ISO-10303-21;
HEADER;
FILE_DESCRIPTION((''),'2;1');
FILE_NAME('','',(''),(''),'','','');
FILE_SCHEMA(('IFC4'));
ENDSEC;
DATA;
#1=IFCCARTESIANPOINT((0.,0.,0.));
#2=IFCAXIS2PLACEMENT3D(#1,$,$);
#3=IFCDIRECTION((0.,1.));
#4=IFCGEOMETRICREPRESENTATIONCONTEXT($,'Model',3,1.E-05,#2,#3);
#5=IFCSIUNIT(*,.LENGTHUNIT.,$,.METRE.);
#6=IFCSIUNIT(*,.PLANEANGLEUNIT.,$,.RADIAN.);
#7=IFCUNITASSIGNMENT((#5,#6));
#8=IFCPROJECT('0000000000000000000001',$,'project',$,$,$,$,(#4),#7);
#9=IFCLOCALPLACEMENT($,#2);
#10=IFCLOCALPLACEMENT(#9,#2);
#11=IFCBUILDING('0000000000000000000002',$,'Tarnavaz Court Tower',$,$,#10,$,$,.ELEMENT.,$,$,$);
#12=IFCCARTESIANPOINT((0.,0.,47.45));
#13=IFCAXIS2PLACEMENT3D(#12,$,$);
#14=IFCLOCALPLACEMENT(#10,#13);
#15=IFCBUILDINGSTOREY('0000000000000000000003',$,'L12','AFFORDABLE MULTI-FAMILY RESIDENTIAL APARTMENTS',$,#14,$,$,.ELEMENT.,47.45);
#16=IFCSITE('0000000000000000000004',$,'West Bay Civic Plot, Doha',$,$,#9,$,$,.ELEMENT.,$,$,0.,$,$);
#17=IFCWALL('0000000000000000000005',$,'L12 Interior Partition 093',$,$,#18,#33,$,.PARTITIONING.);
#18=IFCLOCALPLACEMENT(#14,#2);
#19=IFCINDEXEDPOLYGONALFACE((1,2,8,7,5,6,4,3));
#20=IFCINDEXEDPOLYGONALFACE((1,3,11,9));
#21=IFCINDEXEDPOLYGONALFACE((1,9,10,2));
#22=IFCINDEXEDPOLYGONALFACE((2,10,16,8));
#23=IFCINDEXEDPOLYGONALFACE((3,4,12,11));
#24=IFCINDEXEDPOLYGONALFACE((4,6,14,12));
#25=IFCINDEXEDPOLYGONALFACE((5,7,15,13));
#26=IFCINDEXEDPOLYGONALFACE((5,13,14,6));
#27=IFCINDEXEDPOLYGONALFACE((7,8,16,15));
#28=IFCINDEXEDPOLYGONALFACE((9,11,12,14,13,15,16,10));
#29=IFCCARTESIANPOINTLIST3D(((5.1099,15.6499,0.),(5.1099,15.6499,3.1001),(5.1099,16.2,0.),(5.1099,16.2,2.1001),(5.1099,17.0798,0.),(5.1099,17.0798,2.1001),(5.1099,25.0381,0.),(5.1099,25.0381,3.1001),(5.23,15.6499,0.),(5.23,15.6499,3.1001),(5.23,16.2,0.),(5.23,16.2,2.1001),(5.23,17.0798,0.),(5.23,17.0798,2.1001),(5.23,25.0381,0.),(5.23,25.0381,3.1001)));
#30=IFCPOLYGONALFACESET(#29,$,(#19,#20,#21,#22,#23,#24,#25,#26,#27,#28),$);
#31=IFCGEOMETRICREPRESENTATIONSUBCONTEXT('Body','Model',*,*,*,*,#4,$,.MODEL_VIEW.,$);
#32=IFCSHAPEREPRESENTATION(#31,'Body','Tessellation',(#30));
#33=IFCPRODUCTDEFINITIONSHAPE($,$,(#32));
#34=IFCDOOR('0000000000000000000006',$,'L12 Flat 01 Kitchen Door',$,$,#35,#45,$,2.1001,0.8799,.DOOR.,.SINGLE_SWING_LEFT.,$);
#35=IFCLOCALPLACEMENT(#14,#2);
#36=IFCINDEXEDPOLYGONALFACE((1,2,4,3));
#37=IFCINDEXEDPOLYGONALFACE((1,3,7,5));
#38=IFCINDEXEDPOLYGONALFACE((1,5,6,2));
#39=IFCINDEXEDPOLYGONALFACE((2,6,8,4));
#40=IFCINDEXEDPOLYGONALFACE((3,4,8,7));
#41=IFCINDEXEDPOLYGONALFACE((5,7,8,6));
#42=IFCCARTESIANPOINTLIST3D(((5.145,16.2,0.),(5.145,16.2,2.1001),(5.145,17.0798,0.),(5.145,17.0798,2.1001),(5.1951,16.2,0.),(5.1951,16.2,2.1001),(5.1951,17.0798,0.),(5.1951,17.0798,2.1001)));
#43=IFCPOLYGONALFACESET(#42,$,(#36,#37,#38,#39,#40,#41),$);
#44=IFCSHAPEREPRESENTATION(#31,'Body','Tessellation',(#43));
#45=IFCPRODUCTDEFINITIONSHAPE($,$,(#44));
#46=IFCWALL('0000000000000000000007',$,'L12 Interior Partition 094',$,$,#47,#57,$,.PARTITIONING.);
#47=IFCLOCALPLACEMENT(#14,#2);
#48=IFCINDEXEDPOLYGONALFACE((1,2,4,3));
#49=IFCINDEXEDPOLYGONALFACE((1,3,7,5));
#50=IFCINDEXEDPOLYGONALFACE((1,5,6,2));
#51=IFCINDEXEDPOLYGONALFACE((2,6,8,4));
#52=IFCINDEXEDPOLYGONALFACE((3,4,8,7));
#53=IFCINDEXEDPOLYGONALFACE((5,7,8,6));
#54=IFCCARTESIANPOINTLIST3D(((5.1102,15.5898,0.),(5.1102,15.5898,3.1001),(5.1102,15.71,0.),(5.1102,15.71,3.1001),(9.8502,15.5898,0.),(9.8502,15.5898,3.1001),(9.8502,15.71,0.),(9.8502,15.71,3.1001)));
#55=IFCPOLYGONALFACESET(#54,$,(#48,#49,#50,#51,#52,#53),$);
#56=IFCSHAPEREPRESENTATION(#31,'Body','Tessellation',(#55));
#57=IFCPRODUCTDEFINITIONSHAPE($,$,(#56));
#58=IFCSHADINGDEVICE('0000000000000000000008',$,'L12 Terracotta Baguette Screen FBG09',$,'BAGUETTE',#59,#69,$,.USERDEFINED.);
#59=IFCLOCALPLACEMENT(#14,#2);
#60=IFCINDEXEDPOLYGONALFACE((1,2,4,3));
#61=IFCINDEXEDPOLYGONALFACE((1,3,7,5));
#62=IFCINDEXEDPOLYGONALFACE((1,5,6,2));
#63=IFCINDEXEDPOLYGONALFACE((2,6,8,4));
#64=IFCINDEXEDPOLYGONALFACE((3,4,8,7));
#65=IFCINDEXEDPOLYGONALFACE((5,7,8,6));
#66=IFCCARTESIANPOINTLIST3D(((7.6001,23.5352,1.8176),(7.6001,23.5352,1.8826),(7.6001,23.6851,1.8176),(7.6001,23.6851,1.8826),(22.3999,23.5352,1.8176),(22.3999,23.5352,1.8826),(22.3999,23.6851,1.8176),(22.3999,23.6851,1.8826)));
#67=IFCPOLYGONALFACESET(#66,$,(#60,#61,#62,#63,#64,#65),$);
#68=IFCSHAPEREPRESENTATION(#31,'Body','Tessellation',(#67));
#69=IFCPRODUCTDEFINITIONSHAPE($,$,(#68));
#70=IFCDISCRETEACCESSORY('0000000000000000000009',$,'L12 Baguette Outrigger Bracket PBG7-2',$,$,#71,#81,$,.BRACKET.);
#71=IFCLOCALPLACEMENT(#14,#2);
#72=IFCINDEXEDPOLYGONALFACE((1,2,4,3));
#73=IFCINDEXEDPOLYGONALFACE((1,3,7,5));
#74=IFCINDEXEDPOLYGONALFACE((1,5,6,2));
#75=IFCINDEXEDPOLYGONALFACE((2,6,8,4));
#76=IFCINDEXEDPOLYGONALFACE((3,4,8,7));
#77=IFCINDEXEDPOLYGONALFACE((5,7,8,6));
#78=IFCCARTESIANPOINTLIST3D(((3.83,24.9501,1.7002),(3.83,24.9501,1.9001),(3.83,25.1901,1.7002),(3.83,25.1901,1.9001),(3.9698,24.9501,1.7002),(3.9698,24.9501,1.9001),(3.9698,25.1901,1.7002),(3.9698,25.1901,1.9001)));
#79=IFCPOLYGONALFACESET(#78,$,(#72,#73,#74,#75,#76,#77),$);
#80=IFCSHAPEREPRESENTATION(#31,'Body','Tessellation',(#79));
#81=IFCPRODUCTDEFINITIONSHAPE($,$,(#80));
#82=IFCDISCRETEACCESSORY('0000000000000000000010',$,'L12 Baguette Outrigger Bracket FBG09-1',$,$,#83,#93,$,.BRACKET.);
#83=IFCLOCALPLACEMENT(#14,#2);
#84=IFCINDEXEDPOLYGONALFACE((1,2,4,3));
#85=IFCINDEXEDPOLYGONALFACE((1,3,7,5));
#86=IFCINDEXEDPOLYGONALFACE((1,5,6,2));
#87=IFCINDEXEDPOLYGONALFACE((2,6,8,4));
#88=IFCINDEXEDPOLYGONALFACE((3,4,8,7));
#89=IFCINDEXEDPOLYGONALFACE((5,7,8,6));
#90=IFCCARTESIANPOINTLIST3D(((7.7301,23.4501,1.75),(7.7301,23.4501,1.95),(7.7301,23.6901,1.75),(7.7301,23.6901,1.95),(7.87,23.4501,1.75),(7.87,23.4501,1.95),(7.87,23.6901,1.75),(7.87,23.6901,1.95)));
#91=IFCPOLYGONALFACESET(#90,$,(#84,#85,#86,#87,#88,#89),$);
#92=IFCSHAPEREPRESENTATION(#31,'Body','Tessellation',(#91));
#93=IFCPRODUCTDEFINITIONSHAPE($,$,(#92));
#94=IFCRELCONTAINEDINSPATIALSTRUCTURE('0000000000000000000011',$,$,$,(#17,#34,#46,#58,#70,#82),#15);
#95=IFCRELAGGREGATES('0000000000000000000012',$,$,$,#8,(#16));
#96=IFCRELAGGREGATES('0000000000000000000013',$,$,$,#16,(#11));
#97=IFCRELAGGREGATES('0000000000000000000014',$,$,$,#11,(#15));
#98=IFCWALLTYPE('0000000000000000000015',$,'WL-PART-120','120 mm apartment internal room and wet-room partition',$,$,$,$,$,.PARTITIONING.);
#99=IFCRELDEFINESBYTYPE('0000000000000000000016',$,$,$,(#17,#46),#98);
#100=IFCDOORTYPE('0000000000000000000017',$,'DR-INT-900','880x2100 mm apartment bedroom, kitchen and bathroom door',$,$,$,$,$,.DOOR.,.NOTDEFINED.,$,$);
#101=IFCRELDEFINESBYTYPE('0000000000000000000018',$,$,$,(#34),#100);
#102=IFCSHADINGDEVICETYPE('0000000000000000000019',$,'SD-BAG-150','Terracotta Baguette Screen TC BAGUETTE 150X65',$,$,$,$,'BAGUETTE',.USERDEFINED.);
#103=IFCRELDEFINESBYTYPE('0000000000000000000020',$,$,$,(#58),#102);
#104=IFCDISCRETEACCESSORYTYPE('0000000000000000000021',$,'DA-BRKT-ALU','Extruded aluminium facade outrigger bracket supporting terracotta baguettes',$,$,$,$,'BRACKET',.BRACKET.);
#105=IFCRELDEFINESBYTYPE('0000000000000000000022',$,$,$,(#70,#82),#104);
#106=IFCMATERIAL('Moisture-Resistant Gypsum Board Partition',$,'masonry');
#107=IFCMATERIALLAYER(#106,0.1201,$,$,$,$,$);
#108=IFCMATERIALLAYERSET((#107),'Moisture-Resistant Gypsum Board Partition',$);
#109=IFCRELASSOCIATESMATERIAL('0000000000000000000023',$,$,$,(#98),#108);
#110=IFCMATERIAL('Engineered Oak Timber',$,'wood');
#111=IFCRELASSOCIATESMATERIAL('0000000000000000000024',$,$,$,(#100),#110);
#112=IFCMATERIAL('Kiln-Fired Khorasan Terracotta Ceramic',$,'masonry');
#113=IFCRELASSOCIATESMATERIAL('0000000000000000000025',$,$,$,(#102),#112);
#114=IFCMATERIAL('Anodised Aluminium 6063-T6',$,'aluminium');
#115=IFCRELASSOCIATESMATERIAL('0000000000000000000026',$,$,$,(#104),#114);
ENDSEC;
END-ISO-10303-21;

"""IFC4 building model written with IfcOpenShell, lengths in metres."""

from ifc_helpers import new_model, si_unit, direction, frame, frame_2d, origin, origin_2d, place, context, subcontext, project, spatial, rectangle, extrude, material, layer, layer_set, material_profile, profile_set, type_object, element, fill, save


model = new_model("IFC4")

# Units and contexts
model_context = context("Model", 3, precision=1e-05, world=origin(), true_north=direction((0.0, 1.0)))
body_context = subcontext(model_context, "Body", "Model", "MODEL_VIEW")
ifc_project = project(units=[si_unit("LENGTHUNIT", "METRE"), si_unit("PLANEANGLEUNIT", "RADIAN")], contexts=[model_context])

# Site, building, storey
site_placement = place(None, origin())
site = spatial("IfcSite", under=ifc_project, at=site_placement, Name="West Bay Civic Plot, Doha", CompositionType="ELEMENT", RefElevation=0.0)
building_placement = place(site_placement, origin())
building = spatial("IfcBuilding", under=site, at=building_placement, Name="Tarnavaz Court Tower", CompositionType="ELEMENT")
storey_placement = place(building_placement, frame((0.0, 0.0, 47.45)))
storey = spatial("IfcBuildingStorey", under=building, at=storey_placement, Name="L12", Description="AFFORDABLE MULTI-FAMILY RESIDENTIAL APARTMENTS", CompositionType="ELEMENT", Elevation=47.45)

# Shared definitions
ifc_material_1 = material(Name="Anodised Aluminium 6063-T6", Category="aluminium")

# Wall, opening, door
ifc_material_2 = material(Name="Moisture-Resistant Gypsum Board Partition", Category="masonry")
ifc_layer_1 = layer(ifc_material_2, 0.1201)
ifc_layer_set_1 = layer_set([ifc_layer_1], Name="Moisture-Resistant Gypsum Board Partition")
wall_type_1 = type_object("IfcWallType", Name="WL-PART-120", Description="120 mm apartment internal room and wet-room partition", PredefinedType="PARTITIONING", material=ifc_layer_set_1)
wall_1_placement = place(storey_placement, frame((5.1699, 15.6499, 0.0), z_axis=(0.0, 0.0, 1.0), x_axis=(0.0, 1.0, 0.0)))
wall_1 = element("IfcWall", 1, at=wall_1_placement, inside=storey, type_object=wall_type_1, Name="L12 Interior Partition 093", PredefinedType="PARTITIONING", context=body_context, shape_type="SweptSolid", body=[
    extrude(rectangle(XDim=9.3882, YDim=0.1201, at=frame_2d((4.6941, 0.0))), origin(), (0.0, 0.0, 1.0), 3.1001),
])
opening_1_placement = place(wall_1_placement, frame((0.55, 0.0, 0.0)))
opening_1 = element("IfcOpeningElement", 2, at=opening_1_placement, cuts=wall_1, PredefinedType="OPENING", context=body_context, shape_type="SweptSolid", body=[
    extrude(rectangle(XDim=0.8799, YDim=2.1001, at=frame_2d((0.4399, 1.05))), frame((0.0, 0.0701, 0.0), z_axis=(0.0, -1.0, 0.0), x_axis=(1.0, 0.0, 0.0)), (0.0, 0.0, 1.0), 0.1401),
])
ifc_material_3 = material(Name="Engineered Oak Timber", Category="wood")
door_type_1 = type_object("IfcDoorType", Name="DR-INT-900", Description="880x2100 mm apartment bedroom, kitchen and bathroom door", OperationType="NOTDEFINED", PredefinedType="DOOR", material=ifc_material_3)
door_1_placement = place(opening_1_placement, origin())
door_1 = element("IfcDoor", 3, at=door_1_placement, inside=storey, type_object=door_type_1, Name="L12 Flat 01 Kitchen Door", OperationType="SINGLE_SWING_LEFT", OverallHeight=2.1001, OverallWidth=0.8799, PredefinedType="DOOR", context=body_context, shape_type="SweptSolid", body=[
    extrude(rectangle(XDim=0.8799, YDim=2.1001, at=frame_2d((0.4399, 1.05))), frame((0.0, 0.0249, 0.0), z_axis=(0.0, -1.0, 0.0), x_axis=(1.0, 0.0, 0.0)), (0.0, 0.0, 1.0), 0.05),
])
fill(opening_1, door_1)

# Wall
wall_2_placement = place(storey_placement, frame((5.1101, 15.6499, 0.0), z_axis=(0.0, 0.0, 1.0), x_axis=(1.0, 0.0, 0.0)))
element("IfcWall", 4, at=wall_2_placement, inside=storey, type_object=wall_type_1, Name="L12 Interior Partition 094", PredefinedType="PARTITIONING", context=body_context, shape_type="SweptSolid", body=[
    extrude(rectangle(XDim=4.74, YDim=0.1201, at=frame_2d((2.3701, 0.0))), origin(), (0.0, 0.0, 1.0), 3.1001),
])

# Shading device
ifc_material_4 = material(Name="Kiln-Fired Khorasan Terracotta Ceramic", Category="masonry")
ifc_material_profile_1 = material_profile(ifc_material_4, rectangle(XDim=0.1499, YDim=0.0649, at=origin_2d()), Name="TC BAGUETTE 150X65")
ifc_profile_set_1 = profile_set([ifc_material_profile_1], Name="Kiln-Fired Khorasan Terracotta Ceramic")
shading_device_type = type_object("IfcShadingDeviceType", Name="SD-BAG-150", Description="Terracotta Baguette Screen TC BAGUETTE 150X65", ElementType="BAGUETTE", PredefinedType="USERDEFINED", material=ifc_profile_set_1)
shading_device_placement = place(storey_placement, frame((7.6001, 23.6101, 1.8501), z_axis=(1.0, 0.0, 0.0), x_axis=(0.0, 1.0, 0.0)))
element("IfcShadingDevice", 5, at=shading_device_placement, inside=storey, type_object=shading_device_type, Name="L12 Terracotta Baguette Screen FBG09", ObjectType="BAGUETTE", PredefinedType="USERDEFINED", context=body_context, shape_type="SweptSolid", body=[
    extrude(rectangle(XDim=0.1499, YDim=0.0649, at=origin_2d()), origin(), (0.0, 0.0, 1.0), 14.7998),
])

# Discrete accessories
discrete_accessory_type = type_object("IfcDiscreteAccessoryType", Name="DA-BRKT-ALU", Description="Extruded aluminium facade outrigger bracket supporting terracotta baguettes", ElementType="BRACKET", PredefinedType="BRACKET", material=ifc_material_1)
for number, where, z_axis, x_axis, name in (
    (6, (3.8999, 25.0701, 1.7002), (0.0, 0.0, 1.0), (1.0, 0.0, 0.0), "L12 Baguette Outrigger Bracket PBG7-2"),
    (7, (7.8, 23.5701, 1.75), (0.0, 0.0, 1.0), (1.0, 0.0, 0.0), "L12 Baguette Outrigger Bracket FBG09-1"),
):
    element("IfcDiscreteAccessory", number, at=place(storey_placement, frame(where, z_axis=z_axis, x_axis=x_axis)), inside=storey, type_object=discrete_accessory_type, Name=name, PredefinedType="BRACKET", context=body_context, shape_type="SweptSolid", body=[
        extrude(rectangle(XDim=0.1399, YDim=0.24, at=origin_2d()), origin(), (0.0, 0.0, 1.0), 0.2),
    ])

save(model, "model.ifc")
